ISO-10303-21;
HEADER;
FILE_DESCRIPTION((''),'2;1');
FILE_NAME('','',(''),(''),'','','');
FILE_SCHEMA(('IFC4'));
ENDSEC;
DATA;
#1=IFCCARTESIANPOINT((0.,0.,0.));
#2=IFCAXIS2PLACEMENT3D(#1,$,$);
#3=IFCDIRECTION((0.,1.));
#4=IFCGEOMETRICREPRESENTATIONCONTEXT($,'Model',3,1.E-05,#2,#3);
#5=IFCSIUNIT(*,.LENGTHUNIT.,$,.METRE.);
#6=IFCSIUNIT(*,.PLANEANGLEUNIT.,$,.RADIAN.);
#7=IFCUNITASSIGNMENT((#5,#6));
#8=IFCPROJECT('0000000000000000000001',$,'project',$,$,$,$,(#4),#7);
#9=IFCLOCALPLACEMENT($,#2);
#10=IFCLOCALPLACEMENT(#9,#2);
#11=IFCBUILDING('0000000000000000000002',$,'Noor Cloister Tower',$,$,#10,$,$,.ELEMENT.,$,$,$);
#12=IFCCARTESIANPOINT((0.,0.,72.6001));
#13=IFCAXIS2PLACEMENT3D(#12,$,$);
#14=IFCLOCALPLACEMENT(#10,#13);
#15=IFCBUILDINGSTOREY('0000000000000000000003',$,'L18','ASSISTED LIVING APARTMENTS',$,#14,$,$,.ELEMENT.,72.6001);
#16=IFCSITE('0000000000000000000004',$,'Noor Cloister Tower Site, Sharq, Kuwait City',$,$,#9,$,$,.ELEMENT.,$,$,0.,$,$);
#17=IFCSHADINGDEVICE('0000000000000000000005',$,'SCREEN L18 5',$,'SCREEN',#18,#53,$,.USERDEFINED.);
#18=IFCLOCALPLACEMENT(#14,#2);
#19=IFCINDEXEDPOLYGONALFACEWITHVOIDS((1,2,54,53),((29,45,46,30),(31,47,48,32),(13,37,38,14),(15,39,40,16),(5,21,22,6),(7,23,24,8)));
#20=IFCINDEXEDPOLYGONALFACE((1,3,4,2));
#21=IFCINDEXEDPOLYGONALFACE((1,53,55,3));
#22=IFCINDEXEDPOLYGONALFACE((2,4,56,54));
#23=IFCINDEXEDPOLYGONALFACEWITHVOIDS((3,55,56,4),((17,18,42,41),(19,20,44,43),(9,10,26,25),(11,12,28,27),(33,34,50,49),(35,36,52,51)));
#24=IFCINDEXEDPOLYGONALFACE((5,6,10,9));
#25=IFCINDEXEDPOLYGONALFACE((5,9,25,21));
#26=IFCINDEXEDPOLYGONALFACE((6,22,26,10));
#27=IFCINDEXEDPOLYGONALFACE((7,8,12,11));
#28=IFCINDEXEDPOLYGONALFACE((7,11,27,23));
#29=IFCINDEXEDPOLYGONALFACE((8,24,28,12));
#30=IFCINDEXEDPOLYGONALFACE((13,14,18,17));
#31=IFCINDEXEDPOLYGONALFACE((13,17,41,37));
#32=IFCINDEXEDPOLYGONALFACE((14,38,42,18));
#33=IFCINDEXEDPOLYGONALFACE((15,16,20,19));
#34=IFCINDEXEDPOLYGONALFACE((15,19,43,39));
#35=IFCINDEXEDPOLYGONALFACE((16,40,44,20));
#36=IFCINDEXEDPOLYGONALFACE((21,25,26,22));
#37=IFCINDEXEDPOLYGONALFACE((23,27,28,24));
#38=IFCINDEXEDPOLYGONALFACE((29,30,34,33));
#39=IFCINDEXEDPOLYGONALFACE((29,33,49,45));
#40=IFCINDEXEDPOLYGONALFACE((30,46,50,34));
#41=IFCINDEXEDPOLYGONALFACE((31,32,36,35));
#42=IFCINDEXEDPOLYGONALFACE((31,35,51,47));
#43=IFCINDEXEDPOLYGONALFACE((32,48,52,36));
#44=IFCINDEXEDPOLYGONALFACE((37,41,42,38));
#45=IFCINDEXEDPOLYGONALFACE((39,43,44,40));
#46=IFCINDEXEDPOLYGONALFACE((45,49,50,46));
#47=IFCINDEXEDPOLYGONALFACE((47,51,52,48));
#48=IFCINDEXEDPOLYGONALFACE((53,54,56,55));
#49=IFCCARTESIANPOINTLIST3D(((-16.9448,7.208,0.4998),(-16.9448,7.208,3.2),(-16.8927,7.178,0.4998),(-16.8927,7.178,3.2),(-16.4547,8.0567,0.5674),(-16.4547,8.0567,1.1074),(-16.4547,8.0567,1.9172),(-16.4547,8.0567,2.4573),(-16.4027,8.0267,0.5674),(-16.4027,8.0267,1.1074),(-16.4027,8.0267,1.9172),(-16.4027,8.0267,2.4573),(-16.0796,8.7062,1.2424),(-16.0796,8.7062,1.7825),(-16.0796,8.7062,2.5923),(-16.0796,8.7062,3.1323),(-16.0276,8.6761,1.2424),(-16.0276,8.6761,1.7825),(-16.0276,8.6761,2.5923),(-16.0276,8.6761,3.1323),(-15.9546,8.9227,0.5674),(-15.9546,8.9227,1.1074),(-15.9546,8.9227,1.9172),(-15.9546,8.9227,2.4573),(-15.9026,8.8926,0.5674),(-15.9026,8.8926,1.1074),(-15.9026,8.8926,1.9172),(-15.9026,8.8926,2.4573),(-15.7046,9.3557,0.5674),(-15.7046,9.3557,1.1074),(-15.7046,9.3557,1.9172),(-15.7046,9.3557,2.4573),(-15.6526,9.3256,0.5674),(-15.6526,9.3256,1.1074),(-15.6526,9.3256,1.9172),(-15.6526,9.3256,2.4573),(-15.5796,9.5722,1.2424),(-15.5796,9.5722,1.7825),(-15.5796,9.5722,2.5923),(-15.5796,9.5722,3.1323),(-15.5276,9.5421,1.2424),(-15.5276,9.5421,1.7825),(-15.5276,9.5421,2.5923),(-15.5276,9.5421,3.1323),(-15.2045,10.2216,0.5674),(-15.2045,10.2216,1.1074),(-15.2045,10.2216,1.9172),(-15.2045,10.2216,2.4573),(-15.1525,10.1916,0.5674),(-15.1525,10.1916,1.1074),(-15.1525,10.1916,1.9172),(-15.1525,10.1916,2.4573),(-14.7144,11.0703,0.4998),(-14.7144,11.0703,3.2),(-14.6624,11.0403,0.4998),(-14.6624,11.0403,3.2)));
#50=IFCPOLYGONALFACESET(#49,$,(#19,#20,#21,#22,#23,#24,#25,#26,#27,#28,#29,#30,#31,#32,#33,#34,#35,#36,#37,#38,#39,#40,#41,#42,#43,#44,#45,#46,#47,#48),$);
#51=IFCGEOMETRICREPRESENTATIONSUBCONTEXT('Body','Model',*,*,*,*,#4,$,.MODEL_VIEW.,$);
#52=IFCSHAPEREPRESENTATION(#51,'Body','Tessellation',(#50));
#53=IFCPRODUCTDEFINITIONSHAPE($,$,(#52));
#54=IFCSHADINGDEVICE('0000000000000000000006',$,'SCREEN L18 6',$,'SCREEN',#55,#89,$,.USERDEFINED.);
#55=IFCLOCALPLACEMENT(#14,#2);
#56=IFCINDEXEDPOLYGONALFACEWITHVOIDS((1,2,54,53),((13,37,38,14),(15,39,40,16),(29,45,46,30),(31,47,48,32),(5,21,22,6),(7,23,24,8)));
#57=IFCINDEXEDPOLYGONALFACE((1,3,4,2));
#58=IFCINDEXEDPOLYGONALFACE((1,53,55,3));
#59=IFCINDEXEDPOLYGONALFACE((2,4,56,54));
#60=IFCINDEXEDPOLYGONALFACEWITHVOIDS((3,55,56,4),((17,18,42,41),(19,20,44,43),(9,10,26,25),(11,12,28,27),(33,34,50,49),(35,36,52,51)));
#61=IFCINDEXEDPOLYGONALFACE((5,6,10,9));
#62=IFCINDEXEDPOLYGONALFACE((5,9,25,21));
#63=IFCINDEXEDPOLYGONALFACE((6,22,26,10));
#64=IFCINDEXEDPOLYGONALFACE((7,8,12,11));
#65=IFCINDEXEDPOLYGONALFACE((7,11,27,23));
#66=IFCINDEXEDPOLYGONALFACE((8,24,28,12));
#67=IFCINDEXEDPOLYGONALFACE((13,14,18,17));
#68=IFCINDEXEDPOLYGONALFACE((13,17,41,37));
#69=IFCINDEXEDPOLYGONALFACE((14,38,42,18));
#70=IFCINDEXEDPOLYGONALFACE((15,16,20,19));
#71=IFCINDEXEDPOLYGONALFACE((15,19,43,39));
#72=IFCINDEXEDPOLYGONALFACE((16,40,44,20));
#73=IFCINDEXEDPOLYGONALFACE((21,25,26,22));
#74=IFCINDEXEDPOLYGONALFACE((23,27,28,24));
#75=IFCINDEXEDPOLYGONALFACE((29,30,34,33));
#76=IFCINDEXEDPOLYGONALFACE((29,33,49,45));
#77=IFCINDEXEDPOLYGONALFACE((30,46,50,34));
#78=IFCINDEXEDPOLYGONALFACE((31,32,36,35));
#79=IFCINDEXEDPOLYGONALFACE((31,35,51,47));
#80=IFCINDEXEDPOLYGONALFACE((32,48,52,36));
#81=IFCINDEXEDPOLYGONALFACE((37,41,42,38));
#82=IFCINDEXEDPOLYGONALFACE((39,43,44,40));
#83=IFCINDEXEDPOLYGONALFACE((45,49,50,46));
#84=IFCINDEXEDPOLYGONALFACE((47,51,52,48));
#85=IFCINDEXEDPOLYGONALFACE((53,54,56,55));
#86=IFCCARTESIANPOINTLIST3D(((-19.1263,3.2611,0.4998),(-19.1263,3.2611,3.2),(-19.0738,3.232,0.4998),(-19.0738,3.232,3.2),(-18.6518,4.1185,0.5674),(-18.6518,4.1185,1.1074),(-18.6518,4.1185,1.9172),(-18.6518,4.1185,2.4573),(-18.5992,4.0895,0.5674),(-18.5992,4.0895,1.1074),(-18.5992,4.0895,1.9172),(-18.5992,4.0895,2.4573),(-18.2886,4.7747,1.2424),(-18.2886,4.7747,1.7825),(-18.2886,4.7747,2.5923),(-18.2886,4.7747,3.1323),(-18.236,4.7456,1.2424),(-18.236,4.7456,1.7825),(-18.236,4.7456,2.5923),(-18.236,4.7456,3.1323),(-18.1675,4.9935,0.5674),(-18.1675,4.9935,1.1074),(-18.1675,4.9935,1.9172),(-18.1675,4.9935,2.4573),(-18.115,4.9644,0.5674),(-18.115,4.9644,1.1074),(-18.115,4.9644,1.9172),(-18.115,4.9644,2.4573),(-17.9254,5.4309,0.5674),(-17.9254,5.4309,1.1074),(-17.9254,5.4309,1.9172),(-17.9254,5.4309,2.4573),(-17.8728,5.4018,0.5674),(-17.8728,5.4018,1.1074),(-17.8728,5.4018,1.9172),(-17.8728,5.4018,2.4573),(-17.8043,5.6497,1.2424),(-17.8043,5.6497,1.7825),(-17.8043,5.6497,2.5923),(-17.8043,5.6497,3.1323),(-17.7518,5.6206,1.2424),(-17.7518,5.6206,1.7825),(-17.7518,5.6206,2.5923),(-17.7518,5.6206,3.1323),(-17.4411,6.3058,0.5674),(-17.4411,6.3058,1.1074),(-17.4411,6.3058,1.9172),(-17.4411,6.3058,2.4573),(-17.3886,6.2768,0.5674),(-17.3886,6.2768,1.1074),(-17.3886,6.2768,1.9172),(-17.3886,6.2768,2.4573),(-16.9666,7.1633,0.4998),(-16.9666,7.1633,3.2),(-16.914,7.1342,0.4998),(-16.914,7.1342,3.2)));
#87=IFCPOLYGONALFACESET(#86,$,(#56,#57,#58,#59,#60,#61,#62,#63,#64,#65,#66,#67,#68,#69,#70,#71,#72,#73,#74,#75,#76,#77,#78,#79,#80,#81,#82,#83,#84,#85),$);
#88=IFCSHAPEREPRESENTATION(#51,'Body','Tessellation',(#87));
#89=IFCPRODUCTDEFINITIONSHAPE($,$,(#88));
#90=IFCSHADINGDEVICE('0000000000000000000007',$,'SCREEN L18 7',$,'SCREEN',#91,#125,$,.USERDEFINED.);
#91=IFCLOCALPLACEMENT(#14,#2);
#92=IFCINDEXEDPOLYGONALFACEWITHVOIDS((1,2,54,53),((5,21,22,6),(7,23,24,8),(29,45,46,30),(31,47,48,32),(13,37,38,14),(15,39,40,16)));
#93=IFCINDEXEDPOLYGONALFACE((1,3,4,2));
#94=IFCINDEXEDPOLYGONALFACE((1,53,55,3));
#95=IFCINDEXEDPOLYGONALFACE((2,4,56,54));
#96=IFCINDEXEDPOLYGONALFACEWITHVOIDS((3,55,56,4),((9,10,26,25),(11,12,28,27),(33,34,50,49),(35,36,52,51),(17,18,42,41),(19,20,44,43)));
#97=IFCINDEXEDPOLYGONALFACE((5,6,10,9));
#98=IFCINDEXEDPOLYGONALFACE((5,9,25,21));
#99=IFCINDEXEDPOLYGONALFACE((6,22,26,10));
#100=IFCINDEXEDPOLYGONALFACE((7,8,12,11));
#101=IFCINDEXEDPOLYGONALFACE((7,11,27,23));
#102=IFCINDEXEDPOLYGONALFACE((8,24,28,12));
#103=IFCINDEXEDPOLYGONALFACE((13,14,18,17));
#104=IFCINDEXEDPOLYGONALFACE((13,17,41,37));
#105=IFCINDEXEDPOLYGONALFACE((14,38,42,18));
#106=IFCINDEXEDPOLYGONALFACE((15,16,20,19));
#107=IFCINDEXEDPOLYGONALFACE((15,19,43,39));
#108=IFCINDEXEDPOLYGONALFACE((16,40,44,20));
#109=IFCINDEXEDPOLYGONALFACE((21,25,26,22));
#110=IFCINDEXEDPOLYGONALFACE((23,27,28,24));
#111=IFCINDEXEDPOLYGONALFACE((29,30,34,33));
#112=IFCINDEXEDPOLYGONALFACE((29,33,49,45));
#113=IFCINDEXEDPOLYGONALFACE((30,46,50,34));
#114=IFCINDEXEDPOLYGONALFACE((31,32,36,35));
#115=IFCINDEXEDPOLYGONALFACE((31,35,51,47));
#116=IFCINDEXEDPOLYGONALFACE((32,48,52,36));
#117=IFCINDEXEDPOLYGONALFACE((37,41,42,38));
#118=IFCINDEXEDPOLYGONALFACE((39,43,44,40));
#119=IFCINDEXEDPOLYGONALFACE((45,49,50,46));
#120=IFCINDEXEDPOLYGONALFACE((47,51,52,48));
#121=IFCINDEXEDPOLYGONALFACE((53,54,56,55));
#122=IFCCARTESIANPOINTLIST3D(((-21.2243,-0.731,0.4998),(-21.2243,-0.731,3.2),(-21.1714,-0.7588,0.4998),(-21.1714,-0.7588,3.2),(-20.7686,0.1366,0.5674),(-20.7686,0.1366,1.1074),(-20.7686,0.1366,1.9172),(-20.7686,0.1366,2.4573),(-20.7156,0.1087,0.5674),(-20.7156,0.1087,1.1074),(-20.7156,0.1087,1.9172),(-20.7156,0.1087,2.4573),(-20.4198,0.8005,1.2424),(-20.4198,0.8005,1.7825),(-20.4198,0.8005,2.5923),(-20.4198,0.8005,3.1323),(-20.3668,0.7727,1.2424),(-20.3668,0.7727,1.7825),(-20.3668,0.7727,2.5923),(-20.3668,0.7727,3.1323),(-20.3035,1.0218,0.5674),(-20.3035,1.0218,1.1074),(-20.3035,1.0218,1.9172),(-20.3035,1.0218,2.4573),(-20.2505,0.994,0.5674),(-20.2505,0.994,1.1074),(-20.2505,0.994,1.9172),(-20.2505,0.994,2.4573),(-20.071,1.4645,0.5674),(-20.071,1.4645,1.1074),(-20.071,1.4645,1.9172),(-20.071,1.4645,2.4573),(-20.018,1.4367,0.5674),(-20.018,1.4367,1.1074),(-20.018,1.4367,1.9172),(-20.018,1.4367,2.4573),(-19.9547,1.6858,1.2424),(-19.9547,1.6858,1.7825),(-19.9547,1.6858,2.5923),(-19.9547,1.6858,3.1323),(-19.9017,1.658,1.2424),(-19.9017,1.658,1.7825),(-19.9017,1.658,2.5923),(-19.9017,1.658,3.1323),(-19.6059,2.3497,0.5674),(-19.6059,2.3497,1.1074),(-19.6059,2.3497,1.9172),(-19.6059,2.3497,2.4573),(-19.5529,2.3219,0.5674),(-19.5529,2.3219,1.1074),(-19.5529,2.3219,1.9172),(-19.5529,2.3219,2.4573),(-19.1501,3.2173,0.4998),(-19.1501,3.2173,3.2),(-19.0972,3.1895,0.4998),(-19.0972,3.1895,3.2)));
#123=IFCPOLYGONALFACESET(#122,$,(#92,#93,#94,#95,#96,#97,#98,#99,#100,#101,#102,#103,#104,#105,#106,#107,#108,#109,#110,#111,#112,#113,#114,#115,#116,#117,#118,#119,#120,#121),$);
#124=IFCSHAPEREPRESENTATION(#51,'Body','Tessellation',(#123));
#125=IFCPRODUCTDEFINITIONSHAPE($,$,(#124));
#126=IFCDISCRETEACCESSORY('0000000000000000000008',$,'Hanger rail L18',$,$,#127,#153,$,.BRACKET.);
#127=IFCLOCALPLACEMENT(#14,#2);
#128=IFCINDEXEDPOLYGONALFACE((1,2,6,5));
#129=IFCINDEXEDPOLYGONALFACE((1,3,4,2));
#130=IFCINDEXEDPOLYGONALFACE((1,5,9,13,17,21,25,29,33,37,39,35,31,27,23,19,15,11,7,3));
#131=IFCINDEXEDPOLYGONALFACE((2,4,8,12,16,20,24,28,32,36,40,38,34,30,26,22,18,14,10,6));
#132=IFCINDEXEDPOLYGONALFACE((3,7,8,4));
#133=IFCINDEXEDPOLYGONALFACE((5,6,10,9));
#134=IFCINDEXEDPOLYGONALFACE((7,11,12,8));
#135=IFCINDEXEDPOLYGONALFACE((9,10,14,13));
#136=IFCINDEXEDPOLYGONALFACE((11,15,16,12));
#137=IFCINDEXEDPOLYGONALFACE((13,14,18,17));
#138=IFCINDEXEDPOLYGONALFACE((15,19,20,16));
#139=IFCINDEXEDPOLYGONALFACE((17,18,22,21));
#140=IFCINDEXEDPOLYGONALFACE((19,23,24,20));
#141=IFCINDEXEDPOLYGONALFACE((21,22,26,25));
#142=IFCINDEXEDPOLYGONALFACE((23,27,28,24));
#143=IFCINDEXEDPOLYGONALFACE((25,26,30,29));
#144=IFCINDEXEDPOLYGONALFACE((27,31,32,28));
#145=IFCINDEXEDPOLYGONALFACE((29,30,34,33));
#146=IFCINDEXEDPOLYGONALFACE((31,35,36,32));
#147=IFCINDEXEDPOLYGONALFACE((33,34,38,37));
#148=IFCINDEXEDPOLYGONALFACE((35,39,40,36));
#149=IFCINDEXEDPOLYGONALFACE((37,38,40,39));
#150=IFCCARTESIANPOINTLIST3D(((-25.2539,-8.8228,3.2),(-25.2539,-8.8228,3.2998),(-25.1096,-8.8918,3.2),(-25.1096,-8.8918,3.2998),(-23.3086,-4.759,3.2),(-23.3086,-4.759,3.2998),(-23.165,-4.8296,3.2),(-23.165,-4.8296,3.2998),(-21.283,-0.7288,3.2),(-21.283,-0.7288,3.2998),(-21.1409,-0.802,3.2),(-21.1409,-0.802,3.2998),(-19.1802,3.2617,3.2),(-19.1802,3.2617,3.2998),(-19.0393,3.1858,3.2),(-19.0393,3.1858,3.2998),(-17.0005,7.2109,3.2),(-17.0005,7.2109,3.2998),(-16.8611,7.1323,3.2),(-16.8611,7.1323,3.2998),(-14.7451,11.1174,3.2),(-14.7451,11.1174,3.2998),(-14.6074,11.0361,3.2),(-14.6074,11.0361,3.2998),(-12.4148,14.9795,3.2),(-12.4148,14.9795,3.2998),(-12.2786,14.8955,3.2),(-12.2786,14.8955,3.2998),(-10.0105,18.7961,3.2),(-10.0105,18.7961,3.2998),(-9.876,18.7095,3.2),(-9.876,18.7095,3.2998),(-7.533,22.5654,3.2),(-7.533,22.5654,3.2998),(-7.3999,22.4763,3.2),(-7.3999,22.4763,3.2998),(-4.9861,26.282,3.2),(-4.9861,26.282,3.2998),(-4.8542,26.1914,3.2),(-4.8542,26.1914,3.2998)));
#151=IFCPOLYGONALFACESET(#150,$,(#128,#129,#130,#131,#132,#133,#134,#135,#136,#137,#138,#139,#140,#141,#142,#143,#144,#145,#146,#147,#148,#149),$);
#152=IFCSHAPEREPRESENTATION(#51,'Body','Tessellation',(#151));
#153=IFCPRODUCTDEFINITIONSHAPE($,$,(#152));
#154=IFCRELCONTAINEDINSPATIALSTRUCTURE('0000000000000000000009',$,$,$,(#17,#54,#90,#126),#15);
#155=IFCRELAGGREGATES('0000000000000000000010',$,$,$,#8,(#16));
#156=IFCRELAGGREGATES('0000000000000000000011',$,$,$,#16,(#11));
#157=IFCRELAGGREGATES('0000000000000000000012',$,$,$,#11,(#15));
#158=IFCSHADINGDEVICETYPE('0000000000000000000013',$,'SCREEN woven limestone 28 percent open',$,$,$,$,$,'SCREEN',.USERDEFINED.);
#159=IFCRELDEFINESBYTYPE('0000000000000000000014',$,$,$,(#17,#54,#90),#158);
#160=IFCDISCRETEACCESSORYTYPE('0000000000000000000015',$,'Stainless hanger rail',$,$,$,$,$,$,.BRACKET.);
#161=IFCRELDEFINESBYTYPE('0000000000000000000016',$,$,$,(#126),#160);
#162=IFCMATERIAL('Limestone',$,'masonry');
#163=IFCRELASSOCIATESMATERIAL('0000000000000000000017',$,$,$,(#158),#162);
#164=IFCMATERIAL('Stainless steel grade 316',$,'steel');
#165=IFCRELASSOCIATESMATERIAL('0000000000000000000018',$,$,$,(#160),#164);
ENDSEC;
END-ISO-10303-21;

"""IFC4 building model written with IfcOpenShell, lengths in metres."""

from ifc_helpers import new_model, si_unit, direction, frame, origin, place, context, subcontext, project, spatial, polyline, outline, extrude, material, material_profile, profile_set, type_object, element, save


model = new_model("IFC4")

# Units and contexts
model_context = context("Model", 3, precision=1e-05, world=origin(), true_north=direction((0.0, 1.0)))
body_context = subcontext(model_context, "Body", "Model", "MODEL_VIEW")
ifc_project = project(units=[si_unit("LENGTHUNIT", "METRE"), si_unit("PLANEANGLEUNIT", "RADIAN")], contexts=[model_context])

# Site, building, storey
site_placement = place(None, origin())
site = spatial("IfcSite", under=ifc_project, at=site_placement, Name="Noor Cloister Tower Site, Sharq, Kuwait City", CompositionType="ELEMENT", RefElevation=0.0)
building_placement = place(site_placement, origin())
building = spatial("IfcBuilding", under=site, at=building_placement, Name="Noor Cloister Tower", CompositionType="ELEMENT")
storey_placement = place(building_placement, frame((0.0, 0.0, 72.6001)))
storey = spatial("IfcBuildingStorey", under=building, at=storey_placement, Name="L18", Description="ASSISTED LIVING APARTMENTS", CompositionType="ELEMENT", Elevation=72.6001)

# Shading devices
ifc_material_1 = material(Name="Limestone", Category="masonry")
ifc_material_profile_1 = material_profile(ifc_material_1, outline(polyline([(-2.23, -1.3501), (2.23, -1.3501), (2.23, 1.3501), (-2.23, 1.3501), (-2.23, -1.3501)]), holes=[polyline([(-1.25, -1.2825), (-0.25, -1.2825), (-0.25, -0.7424), (-1.25, -0.7424), (-1.25, -1.2825)]), polyline([(0.25, -1.2825), (1.25, -1.2825), (1.25, -0.7424), (0.25, -0.7424), (0.25, -1.2825)]), polyline([(-0.5, -0.6074), (0.5, -0.6074), (0.5, -0.0674), (-0.5, -0.0674), (-0.5, -0.6074)]), polyline([(-1.25, 0.0674), (-0.25, 0.0674), (-0.25, 0.6074), (-1.25, 0.6074), (-1.25, 0.0674)]), polyline([(0.25, 0.0674), (1.25, 0.0674), (1.25, 0.6074), (0.25, 0.6074), (0.25, 0.0674)]), polyline([(-0.5, 0.7424), (0.5, 0.7424), (0.5, 1.2825), (-0.5, 1.2825), (-0.5, 0.7424)])]), Name="Woven screen 28 percent open")
ifc_profile_set_1 = profile_set([ifc_material_profile_1], Name="Limestone")
shading_device_type = type_object("IfcShadingDeviceType", Name="SCREEN woven limestone 28 percent open", ElementType="SCREEN", PredefinedType="USERDEFINED", material=ifc_profile_set_1)
for number, where, z_axis, x_axis, name in (
    (1, (-15.7776, 9.1091, 1.8499), (-0.865982, 0.500074, 0.0), (-0.500074, -0.865982, 0.0), "SCREEN L18 5"),
    (2, (-17.9939, 5.1831, 1.8499), (-0.874924, 0.48426, 0.0), (-0.48426, -0.874924, 0.0), "SCREEN L18 6"),
):
    element("IfcShadingDevice", number, at=place(storey_placement, frame(where, z_axis=z_axis, x_axis=x_axis)), inside=storey, type_object=shading_device_type, Name=name, ObjectType="SCREEN", PredefinedType="USERDEFINED", context=body_context, shape_type="SweptSolid", body=[
        extrude(outline(polyline([(-2.23, -1.3501), (2.23, -1.3501), (2.23, 1.3501), (-2.23, 1.3501), (-2.23, -1.3501)]), holes=[polyline([(-1.25, -1.2825), (-0.25, -1.2825), (-0.25, -0.7424), (-1.25, -0.7424), (-1.25, -1.2825)]), polyline([(0.25, -1.2825), (1.25, -1.2825), (1.25, -0.7424), (0.25, -0.7424), (0.25, -1.2825)]), polyline([(-0.5, -0.6074), (0.5, -0.6074), (0.5, -0.0674), (-0.5, -0.0674), (-0.5, -0.6074)]), polyline([(-1.25, 0.0674), (-0.25, 0.0674), (-0.25, 0.6074), (-1.25, 0.6074), (-1.25, 0.0674)]), polyline([(0.25, 0.0674), (1.25, 0.0674), (1.25, 0.6074), (0.25, 0.6074), (0.25, 0.0674)]), polyline([(-0.5, 0.7424), (0.5, 0.7424), (0.5, 1.2825), (-0.5, 1.2825), (-0.5, 0.7424)])]), origin(), (0.0, 0.0, 1.0), 0.0601),
    ])
shading_device_placement = place(storey_placement, frame((-20.1343, 1.2153, 1.8499), z_axis=(-0.885272, 0.465074, 0.0), x_axis=(-0.465074, -0.885272, 0.0)))
element("IfcShadingDevice", 3, at=shading_device_placement, inside=storey, type_object=shading_device_type, Name="SCREEN L18 7", ObjectType="SCREEN", PredefinedType="USERDEFINED", context=body_context, shape_type="SweptSolid", body=[
    extrude(outline(polyline([(-2.23, -1.3501), (2.23, -1.3501), (2.23, 1.3501), (-2.23, 1.3501), (-2.23, -1.3501)]), holes=[polyline([(-1.25, -1.2825), (-0.25, -1.2825), (-0.25, -0.7424), (-1.25, -0.7424), (-1.25, -1.2825)]), polyline([(0.25, -1.2825), (1.25, -1.2825), (1.25, -0.7424), (0.25, -0.7424), (0.25, -1.2825)]), polyline([(-0.5, -0.6074), (0.5, -0.6074), (0.5, -0.0674), (-0.5, -0.0674), (-0.5, -0.6074)]), polyline([(-1.25, 0.0674), (-0.25, 0.0674), (-0.25, 0.6074), (-1.25, 0.6074), (-1.25, 0.0674)]), polyline([(0.25, 0.0674), (1.25, 0.0674), (1.25, 0.6074), (0.25, 0.6074), (0.25, 0.0674)]), polyline([(-0.5, 0.7424), (0.5, 0.7424), (0.5, 1.2825), (-0.5, 1.2825), (-0.5, 0.7424)])]), origin(), (0.0, 0.0, 1.0), 0.0598),
])

# Discrete accessory
ifc_material_2 = material(Name="Stainless steel grade 316", Category="steel")
discrete_accessory_type = type_object("IfcDiscreteAccessoryType", Name="Stainless hanger rail", PredefinedType="BRACKET", material=ifc_material_2)
discrete_accessory_1_placement = place(storey_placement, frame((0.0, 0.0, 3.2)))
element("IfcDiscreteAccessory", 4, at=discrete_accessory_1_placement, inside=storey, type_object=discrete_accessory_type, Name="Hanger rail L18", PredefinedType="BRACKET", context=body_context, shape_type="SweptSolid", body=[
    extrude(outline(polyline([(-4.9861, 26.282), (-7.533, 22.5654), (-10.0105, 18.7961), (-12.4148, 14.9795), (-14.7451, 11.1174), (-17.0005, 7.2109), (-19.1802, 3.2617), (-21.283, -0.7288), (-23.3086, -4.759), (-25.2539, -8.8228), (-25.1096, -8.8918), (-23.165, -4.8296), (-21.1409, -0.802), (-19.0393, 3.1858), (-16.8611, 7.1323), (-14.6074, 11.0361), (-12.2786, 14.8955), (-9.876, 18.7095), (-7.3999, 22.4763), (-4.8542, 26.1914), (-4.9861, 26.282)])), origin(), (0.0, 0.0, 1.0), 0.0999),
])

save(model, "model.ifc")
